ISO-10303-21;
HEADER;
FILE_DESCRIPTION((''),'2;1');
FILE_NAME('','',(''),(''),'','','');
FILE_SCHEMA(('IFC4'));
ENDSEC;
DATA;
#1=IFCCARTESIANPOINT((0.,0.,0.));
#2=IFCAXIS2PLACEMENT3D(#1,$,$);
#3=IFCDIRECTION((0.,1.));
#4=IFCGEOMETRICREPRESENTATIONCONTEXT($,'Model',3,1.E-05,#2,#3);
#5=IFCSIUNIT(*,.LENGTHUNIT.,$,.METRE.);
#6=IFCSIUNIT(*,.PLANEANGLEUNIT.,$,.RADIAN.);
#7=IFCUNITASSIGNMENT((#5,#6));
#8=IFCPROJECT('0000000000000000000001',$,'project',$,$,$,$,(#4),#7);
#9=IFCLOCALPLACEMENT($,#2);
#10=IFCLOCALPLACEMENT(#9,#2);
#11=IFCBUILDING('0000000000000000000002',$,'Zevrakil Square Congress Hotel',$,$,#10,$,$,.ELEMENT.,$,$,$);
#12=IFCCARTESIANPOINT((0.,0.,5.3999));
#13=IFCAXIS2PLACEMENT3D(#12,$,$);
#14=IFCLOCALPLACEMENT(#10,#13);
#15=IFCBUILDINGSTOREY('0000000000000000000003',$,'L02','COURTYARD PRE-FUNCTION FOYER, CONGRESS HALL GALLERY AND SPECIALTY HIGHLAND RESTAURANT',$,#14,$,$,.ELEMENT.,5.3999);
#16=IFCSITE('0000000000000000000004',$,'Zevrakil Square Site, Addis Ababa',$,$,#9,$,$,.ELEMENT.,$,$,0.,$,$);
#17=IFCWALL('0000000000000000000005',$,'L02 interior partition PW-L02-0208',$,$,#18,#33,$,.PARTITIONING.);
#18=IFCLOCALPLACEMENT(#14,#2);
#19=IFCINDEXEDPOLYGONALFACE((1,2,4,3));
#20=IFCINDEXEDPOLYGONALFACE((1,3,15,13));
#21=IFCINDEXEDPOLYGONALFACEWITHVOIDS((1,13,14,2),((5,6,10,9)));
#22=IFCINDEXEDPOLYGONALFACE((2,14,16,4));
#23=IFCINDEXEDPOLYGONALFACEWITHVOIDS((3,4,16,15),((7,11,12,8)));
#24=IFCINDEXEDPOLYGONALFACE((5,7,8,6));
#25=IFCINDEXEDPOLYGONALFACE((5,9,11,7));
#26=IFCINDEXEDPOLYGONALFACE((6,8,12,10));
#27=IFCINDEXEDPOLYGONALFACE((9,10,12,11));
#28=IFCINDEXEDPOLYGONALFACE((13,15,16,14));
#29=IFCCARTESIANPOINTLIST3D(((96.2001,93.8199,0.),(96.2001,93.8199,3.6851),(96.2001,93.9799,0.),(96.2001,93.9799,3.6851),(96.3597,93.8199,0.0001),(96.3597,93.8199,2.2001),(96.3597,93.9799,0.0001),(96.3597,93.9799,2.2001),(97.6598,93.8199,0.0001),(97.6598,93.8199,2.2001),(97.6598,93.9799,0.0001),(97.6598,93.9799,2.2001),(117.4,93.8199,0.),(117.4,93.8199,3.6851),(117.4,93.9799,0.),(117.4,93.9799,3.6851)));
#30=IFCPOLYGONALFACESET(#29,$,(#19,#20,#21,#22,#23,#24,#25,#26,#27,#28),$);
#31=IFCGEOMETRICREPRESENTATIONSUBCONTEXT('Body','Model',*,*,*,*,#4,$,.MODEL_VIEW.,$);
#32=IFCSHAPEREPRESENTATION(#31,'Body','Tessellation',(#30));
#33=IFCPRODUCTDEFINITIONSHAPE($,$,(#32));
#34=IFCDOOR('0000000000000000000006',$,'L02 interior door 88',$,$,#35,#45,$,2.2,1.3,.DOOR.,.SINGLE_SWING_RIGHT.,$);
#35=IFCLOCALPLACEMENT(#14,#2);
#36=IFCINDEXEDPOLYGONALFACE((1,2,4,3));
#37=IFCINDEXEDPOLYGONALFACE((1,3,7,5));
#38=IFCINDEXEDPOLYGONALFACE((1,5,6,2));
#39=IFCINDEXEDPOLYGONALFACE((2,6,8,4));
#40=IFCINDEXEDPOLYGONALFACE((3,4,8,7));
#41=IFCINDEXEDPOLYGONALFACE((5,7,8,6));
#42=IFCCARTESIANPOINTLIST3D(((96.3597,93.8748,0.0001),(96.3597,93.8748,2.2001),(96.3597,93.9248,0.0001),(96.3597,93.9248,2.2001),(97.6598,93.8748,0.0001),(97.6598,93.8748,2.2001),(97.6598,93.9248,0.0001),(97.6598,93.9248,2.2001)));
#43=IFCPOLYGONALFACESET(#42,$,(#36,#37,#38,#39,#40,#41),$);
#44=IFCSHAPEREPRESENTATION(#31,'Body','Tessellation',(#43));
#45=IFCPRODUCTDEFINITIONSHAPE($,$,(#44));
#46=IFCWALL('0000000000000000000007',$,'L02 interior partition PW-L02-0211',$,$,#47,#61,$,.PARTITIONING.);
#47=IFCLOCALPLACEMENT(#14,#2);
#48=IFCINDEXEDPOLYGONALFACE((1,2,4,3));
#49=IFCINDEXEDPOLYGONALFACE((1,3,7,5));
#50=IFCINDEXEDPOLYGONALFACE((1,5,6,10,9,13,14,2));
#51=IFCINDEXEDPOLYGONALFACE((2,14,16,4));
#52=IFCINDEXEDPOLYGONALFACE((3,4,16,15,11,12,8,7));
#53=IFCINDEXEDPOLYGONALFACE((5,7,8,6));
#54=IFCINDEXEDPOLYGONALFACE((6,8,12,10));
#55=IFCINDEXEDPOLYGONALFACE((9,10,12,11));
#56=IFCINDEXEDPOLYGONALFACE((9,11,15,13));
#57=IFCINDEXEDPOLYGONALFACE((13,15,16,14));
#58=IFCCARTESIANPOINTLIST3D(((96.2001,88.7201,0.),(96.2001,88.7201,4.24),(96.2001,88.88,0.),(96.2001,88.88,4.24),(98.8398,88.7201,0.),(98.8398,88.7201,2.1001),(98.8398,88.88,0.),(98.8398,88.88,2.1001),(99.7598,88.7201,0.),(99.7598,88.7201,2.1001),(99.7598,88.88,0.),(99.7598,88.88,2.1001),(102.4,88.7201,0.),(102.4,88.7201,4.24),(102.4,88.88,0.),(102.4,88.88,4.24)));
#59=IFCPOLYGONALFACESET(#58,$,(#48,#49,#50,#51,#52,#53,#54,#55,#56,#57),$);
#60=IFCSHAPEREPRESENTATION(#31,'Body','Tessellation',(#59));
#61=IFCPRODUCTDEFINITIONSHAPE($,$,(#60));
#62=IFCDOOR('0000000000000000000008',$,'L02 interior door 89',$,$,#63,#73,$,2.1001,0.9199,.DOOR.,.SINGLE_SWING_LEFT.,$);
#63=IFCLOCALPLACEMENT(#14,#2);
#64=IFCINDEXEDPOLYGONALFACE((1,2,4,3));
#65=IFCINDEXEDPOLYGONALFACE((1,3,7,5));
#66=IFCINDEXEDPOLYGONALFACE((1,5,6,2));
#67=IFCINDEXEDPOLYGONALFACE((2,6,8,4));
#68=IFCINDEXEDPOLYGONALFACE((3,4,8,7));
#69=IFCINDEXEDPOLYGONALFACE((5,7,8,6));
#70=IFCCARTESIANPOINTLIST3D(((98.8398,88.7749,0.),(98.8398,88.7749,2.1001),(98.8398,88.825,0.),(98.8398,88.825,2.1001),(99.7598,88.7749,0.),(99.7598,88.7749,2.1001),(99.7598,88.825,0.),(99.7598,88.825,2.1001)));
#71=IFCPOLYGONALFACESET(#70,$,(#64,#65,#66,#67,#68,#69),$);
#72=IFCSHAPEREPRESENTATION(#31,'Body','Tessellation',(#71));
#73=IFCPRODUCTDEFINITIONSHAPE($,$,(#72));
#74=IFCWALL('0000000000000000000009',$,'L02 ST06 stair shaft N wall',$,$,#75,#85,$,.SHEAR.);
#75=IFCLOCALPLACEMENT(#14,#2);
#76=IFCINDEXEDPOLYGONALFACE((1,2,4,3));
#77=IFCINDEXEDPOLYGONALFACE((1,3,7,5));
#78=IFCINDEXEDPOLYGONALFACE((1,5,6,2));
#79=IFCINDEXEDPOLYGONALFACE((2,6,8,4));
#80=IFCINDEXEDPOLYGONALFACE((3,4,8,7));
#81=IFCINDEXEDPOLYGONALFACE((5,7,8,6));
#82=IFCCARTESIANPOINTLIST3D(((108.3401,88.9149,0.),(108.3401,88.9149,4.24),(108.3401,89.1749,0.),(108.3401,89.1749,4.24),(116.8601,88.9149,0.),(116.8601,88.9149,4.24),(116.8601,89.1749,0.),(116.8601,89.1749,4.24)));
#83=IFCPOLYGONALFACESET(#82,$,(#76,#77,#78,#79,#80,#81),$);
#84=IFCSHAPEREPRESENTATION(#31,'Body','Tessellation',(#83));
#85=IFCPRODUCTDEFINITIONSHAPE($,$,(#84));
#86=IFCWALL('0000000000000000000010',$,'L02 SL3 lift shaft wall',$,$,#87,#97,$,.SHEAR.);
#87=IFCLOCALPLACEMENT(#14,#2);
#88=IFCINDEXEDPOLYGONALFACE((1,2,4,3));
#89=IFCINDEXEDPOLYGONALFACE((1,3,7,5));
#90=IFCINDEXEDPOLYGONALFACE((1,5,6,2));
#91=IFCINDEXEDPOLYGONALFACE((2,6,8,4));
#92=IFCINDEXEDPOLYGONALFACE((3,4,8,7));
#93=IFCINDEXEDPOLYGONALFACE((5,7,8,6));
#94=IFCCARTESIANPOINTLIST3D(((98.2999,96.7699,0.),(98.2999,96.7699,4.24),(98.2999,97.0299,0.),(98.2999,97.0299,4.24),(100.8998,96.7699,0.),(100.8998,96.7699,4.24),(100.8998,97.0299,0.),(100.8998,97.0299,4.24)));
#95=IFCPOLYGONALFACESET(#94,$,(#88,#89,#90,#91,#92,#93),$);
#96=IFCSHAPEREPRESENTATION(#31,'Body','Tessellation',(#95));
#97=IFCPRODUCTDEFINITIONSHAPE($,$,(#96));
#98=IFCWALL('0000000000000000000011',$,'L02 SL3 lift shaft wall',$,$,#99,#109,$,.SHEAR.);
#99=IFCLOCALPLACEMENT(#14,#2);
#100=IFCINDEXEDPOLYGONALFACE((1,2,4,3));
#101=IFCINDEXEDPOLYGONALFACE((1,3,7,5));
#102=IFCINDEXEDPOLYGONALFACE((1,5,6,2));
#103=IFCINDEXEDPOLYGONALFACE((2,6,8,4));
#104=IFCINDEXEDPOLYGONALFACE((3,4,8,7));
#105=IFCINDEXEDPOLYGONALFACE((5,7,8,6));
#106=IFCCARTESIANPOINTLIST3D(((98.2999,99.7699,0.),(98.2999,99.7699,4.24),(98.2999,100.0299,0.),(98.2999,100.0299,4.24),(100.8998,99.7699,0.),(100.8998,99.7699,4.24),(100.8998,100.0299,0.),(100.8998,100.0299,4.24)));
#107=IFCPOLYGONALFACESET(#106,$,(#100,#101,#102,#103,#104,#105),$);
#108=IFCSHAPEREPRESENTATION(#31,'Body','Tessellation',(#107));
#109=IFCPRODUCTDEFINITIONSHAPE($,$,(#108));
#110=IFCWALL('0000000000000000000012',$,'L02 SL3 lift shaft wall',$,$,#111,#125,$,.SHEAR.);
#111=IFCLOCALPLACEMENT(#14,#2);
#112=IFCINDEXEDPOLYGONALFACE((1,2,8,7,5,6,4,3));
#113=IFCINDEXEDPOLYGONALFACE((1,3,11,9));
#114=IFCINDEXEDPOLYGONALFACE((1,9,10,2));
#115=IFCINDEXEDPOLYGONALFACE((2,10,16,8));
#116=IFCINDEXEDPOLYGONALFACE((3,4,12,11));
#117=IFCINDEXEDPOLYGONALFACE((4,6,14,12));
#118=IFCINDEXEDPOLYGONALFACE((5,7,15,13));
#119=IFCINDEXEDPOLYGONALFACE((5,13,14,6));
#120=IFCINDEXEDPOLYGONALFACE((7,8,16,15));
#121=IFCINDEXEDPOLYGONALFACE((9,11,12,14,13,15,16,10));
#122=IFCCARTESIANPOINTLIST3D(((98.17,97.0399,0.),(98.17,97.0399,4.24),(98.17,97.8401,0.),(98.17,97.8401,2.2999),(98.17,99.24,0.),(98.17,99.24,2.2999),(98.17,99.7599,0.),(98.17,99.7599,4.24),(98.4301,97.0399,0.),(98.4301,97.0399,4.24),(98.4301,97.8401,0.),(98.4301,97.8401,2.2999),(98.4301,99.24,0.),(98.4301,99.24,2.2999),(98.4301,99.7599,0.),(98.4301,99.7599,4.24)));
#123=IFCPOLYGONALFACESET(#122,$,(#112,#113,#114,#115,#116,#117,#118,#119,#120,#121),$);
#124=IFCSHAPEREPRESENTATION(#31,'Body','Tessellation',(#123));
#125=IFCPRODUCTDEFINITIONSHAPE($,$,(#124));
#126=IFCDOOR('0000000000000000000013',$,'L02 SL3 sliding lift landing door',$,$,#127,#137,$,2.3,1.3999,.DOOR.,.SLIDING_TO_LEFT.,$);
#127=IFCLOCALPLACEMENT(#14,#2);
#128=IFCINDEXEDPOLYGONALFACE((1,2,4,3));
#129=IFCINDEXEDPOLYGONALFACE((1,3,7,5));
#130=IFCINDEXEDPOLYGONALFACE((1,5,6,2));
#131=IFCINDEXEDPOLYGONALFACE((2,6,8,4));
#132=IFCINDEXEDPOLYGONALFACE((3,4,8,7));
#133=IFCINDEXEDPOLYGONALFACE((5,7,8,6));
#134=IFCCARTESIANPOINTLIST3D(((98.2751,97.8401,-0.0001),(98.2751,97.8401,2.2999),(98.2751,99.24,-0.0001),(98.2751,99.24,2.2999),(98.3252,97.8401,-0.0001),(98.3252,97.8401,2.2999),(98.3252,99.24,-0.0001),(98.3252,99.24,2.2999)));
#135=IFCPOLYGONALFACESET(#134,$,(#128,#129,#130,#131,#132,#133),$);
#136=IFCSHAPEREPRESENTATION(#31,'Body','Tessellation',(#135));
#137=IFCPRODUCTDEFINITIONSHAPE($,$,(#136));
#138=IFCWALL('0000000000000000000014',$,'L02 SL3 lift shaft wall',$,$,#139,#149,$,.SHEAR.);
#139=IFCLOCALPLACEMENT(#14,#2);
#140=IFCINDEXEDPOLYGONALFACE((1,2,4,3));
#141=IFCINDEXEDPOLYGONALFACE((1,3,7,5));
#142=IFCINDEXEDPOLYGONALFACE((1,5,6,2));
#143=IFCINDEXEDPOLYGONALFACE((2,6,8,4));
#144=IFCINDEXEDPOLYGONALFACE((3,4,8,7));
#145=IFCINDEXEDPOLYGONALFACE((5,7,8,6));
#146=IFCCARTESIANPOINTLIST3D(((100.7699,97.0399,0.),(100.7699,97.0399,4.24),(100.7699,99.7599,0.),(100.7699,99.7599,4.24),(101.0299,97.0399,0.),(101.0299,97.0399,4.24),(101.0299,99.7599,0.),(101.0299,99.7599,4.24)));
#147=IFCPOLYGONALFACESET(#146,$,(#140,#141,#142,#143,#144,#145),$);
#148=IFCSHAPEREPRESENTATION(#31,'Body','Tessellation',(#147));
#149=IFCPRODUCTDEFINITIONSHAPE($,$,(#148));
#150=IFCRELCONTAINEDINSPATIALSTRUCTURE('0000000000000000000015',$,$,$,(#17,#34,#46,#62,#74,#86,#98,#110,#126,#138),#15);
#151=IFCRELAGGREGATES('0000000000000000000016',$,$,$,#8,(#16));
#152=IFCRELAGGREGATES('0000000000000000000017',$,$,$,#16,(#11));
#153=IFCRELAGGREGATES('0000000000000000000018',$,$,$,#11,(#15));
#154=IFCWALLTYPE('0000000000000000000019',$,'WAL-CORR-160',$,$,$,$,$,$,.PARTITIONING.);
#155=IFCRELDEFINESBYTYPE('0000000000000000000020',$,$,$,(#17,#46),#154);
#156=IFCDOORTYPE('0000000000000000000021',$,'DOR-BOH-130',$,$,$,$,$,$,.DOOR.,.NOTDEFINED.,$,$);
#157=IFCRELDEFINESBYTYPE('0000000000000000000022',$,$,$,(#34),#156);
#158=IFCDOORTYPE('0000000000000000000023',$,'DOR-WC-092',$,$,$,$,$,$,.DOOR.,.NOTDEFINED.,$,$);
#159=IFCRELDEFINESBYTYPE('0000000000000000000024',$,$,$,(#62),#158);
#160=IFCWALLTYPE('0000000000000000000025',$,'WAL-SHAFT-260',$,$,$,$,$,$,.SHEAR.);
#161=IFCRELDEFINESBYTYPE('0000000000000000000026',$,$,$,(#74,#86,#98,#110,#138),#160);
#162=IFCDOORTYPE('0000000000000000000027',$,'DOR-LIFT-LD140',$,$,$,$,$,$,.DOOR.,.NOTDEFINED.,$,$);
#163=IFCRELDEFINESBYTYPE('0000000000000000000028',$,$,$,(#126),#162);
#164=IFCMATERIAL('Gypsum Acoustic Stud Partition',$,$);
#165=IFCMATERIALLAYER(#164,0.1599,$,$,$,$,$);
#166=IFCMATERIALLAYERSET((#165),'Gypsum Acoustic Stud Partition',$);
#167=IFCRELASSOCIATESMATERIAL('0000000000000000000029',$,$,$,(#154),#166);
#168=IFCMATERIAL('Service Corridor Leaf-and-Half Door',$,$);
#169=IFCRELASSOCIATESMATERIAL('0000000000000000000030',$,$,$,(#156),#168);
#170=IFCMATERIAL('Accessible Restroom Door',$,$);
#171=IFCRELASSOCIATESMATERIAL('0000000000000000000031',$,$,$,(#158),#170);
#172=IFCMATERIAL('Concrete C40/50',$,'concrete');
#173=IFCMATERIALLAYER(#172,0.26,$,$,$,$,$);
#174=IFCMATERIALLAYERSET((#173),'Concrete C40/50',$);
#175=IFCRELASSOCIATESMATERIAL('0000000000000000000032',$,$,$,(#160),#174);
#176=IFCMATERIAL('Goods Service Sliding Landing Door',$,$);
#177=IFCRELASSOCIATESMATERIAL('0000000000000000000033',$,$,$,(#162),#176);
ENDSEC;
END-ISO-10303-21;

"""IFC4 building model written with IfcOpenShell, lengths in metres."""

from ifc_helpers import new_model, si_unit, direction, frame, frame_2d, origin, place, context, subcontext, project, spatial, rectangle, extrude, material, layer, layer_set, type_object, element, fill, save


model = new_model("IFC4")

# Units and contexts
model_context = context("Model", 3, precision=1e-05, world=origin(), true_north=direction((0.0, 1.0)))
body_context = subcontext(model_context, "Body", "Model", "MODEL_VIEW")
ifc_project = project(units=[si_unit("LENGTHUNIT", "METRE"), si_unit("PLANEANGLEUNIT", "RADIAN")], contexts=[model_context])

# Site, building, storey
site_placement = place(None, origin())
site = spatial("IfcSite", under=ifc_project, at=site_placement, Name="Zevrakil Square Site, Addis Ababa", CompositionType="ELEMENT", RefElevation=0.0)
building_placement = place(site_placement, origin())
building = spatial("IfcBuilding", under=site, at=building_placement, Name="Zevrakil Square Congress Hotel", CompositionType="ELEMENT")
storey_placement = place(building_placement, frame((0.0, 0.0, 5.3999)))
storey = spatial("IfcBuildingStorey", under=building, at=storey_placement, Name="L02", Description="COURTYARD PRE-FUNCTION FOYER, CONGRESS HALL GALLERY AND SPECIALTY HIGHLAND RESTAURANT", CompositionType="ELEMENT", Elevation=5.3999)

# Walls, openings, doors
ifc_material_1 = material(Name="Gypsum Acoustic Stud Partition")
ifc_layer_1 = layer(ifc_material_1, 0.1599)
ifc_layer_set_1 = layer_set([ifc_layer_1], Name="Gypsum Acoustic Stud Partition")
wall_type_1 = type_object("IfcWallType", Name="WAL-CORR-160", PredefinedType="PARTITIONING", material=ifc_layer_set_1)
wall_1_placement = place(storey_placement, frame((96.2, 93.8999, 0.0), z_axis=(0.0, 0.0, 1.0), x_axis=(1.0, 0.0, 0.0)))
wall_1 = element("IfcWall", 1, at=wall_1_placement, inside=storey, type_object=wall_type_1, Name="L02 interior partition PW-L02-0208", PredefinedType="PARTITIONING", context=body_context, shape_type="SweptSolid", body=[
    extrude(rectangle(XDim=21.2, YDim=0.1599, at=frame_2d((10.6001, 0.0))), origin(), (0.0, 0.0, 1.0), 3.6851),
])
opening_1_placement = place(wall_1_placement, frame((0.1599, 0.0, 0.0)))
opening_1 = element("IfcOpeningElement", 2, at=opening_1_placement, cuts=wall_1, PredefinedType="OPENING", context=body_context, shape_type="SweptSolid", body=[
    extrude(rectangle(XDim=1.3, YDim=2.2, at=frame_2d((0.6499, 1.1001))), frame((0.0, 0.0898, 0.0), z_axis=(0.0, -1.0, 0.0), x_axis=(1.0, 0.0, 0.0)), (0.0, 0.0, 1.0), 0.1799),
])
ifc_material_2 = material(Name="Service Corridor Leaf-and-Half Door")
door_type_1 = type_object("IfcDoorType", Name="DOR-BOH-130", OperationType="NOTDEFINED", PredefinedType="DOOR", material=ifc_material_2)
door_1_placement = place(opening_1_placement, origin())
door_1 = element("IfcDoor", 3, at=door_1_placement, inside=storey, type_object=door_type_1, Name="L02 interior door 88", OperationType="SINGLE_SWING_RIGHT", OverallHeight=2.2, OverallWidth=1.3, PredefinedType="DOOR", context=body_context, shape_type="SweptSolid", body=[
    extrude(rectangle(XDim=1.3, YDim=2.2, at=frame_2d((0.6499, 1.1001))), frame((0.0, 0.0249, 0.0), z_axis=(0.0, -1.0, 0.0), x_axis=(1.0, 0.0, 0.0)), (0.0, 0.0, 1.0), 0.05),
])
fill(opening_1, door_1)
wall_2_placement = place(storey_placement, frame((96.2, 88.8, 0.0), z_axis=(0.0, 0.0, 1.0), x_axis=(1.0, 0.0, 0.0)))
wall_2 = element("IfcWall", 4, at=wall_2_placement, inside=storey, type_object=wall_type_1, Name="L02 interior partition PW-L02-0211", PredefinedType="PARTITIONING", context=body_context, shape_type="SweptSolid", body=[
    extrude(rectangle(XDim=6.2, YDim=0.1599, at=frame_2d((3.1001, 0.0))), origin(), (0.0, 0.0, 1.0), 4.24),
])
opening_2_placement = place(wall_2_placement, frame((2.6399, 0.0, 0.0)))
opening_2 = element("IfcOpeningElement", 5, at=opening_2_placement, cuts=wall_2, PredefinedType="OPENING", context=body_context, shape_type="SweptSolid", body=[
    extrude(rectangle(XDim=0.9199, YDim=2.1001, at=frame_2d((0.46, 1.05))), frame((0.0, 0.0898, 0.0), z_axis=(0.0, -1.0, 0.0), x_axis=(1.0, 0.0, 0.0)), (0.0, 0.0, 1.0), 0.1799),
])
ifc_material_3 = material(Name="Accessible Restroom Door")
door_type_2 = type_object("IfcDoorType", Name="DOR-WC-092", OperationType="NOTDEFINED", PredefinedType="DOOR", material=ifc_material_3)
door_2_placement = place(opening_2_placement, origin())
door_2 = element("IfcDoor", 6, at=door_2_placement, inside=storey, type_object=door_type_2, Name="L02 interior door 89", OperationType="SINGLE_SWING_LEFT", OverallHeight=2.1001, OverallWidth=0.9199, PredefinedType="DOOR", context=body_context, shape_type="SweptSolid", body=[
    extrude(rectangle(XDim=0.9199, YDim=2.1001, at=frame_2d((0.46, 1.05))), frame((0.0, 0.0249, 0.0), z_axis=(0.0, -1.0, 0.0), x_axis=(1.0, 0.0, 0.0)), (0.0, 0.0, 1.0), 0.05),
])
fill(opening_2, door_2)

# Walls
ifc_material_4 = material(Name="Concrete C40/50", Category="concrete")
ifc_layer_2 = layer(ifc_material_4, 0.26)
ifc_layer_set_2 = layer_set([ifc_layer_2], Name="Concrete C40/50")
wall_type_2 = type_object("IfcWallType", Name="WAL-SHAFT-260", PredefinedType="SHEAR", material=ifc_layer_set_2)
wall_3_placement = place(storey_placement, frame((108.3401, 89.0449, 0.0), z_axis=(0.0, 0.0, 1.0), x_axis=(1.0, 0.0, 0.0)))
element("IfcWall", 7, at=wall_3_placement, inside=storey, type_object=wall_type_2, Name="L02 ST06 stair shaft N wall", PredefinedType="SHEAR", context=body_context, shape_type="SweptSolid", body=[
    extrude(rectangle(XDim=8.52, YDim=0.26, at=frame_2d((4.26, 0.0))), origin(), (0.0, 0.0, 1.0), 4.24),
])
for number, where, z_axis, x_axis, name in (
    (8, (98.3, 96.8999, 0.0), (0.0, 0.0, 1.0), (1.0, 0.0, 0.0), "L02 SL3 lift shaft wall"),
    (9, (98.3, 99.8999, 0.0), (0.0, 0.0, 1.0), (1.0, 0.0, 0.0), "L02 SL3 lift shaft wall"),
):
    element("IfcWall", number, at=place(storey_placement, frame(where, z_axis=z_axis, x_axis=x_axis)), inside=storey, type_object=wall_type_2, Name=name, PredefinedType="SHEAR", context=body_context, shape_type="SweptSolid", body=[
        extrude(rectangle(XDim=2.5999, YDim=0.26, at=frame_2d((1.2998, 0.0))), origin(), (0.0, 0.0, 1.0), 4.24),
    ])

# Wall, opening, door
wall_4_placement = place(storey_placement, frame((98.3, 97.04, 0.0), z_axis=(0.0, 0.0, 1.0), x_axis=(0.0, 1.0, 0.0)))
wall_4 = element("IfcWall", 10, at=wall_4_placement, inside=storey, type_object=wall_type_2, Name="L02 SL3 lift shaft wall", PredefinedType="SHEAR", context=body_context, shape_type="SweptSolid", body=[
    extrude(rectangle(XDim=2.72, YDim=0.26, at=frame_2d((1.3599, 0.0))), origin(), (0.0, 0.0, 1.0), 4.24),
])
opening_3_placement = place(wall_4_placement, frame((0.8, 0.0, 0.0)))
opening_3 = element("IfcOpeningElement", 11, at=opening_3_placement, cuts=wall_4, PredefinedType="OPENING", context=body_context, shape_type="SweptSolid", body=[
    extrude(rectangle(XDim=1.3999, YDim=2.3, at=frame_2d((0.7, 1.1499))), frame((0.0, 0.1401, 0.0), z_axis=(0.0, -1.0, 0.0), x_axis=(1.0, 0.0, 0.0)), (0.0, 0.0, 1.0), 0.28),
])
ifc_material_5 = material(Name="Goods Service Sliding Landing Door")
door_type_3 = type_object("IfcDoorType", Name="DOR-LIFT-LD140", OperationType="NOTDEFINED", PredefinedType="DOOR", material=ifc_material_5)
door_3_placement = place(opening_3_placement, origin())
door_3 = element("IfcDoor", 12, at=door_3_placement, inside=storey, type_object=door_type_3, Name="L02 SL3 sliding lift landing door", OperationType="SLIDING_TO_LEFT", OverallHeight=2.3, OverallWidth=1.3999, PredefinedType="DOOR", context=body_context, shape_type="SweptSolid", body=[
    extrude(rectangle(XDim=1.3999, YDim=2.3, at=frame_2d((0.7, 1.1499))), frame((0.0, 0.0249, 0.0), z_axis=(0.0, -1.0, 0.0), x_axis=(1.0, 0.0, 0.0)), (0.0, 0.0, 1.0), 0.05),
])
fill(opening_3, door_3)

# Wall
wall_5_placement = place(storey_placement, frame((100.8999, 97.04, 0.0), z_axis=(0.0, 0.0, 1.0), x_axis=(0.0, 1.0, 0.0)))
element("IfcWall", 13, at=wall_5_placement, inside=storey, type_object=wall_type_2, Name="L02 SL3 lift shaft wall", PredefinedType="SHEAR", context=body_context, shape_type="SweptSolid", body=[
    extrude(rectangle(XDim=2.72, YDim=0.26, at=frame_2d((1.3599, 0.0))), origin(), (0.0, 0.0, 1.0), 4.24),
])

save(model, "model.ifc")
